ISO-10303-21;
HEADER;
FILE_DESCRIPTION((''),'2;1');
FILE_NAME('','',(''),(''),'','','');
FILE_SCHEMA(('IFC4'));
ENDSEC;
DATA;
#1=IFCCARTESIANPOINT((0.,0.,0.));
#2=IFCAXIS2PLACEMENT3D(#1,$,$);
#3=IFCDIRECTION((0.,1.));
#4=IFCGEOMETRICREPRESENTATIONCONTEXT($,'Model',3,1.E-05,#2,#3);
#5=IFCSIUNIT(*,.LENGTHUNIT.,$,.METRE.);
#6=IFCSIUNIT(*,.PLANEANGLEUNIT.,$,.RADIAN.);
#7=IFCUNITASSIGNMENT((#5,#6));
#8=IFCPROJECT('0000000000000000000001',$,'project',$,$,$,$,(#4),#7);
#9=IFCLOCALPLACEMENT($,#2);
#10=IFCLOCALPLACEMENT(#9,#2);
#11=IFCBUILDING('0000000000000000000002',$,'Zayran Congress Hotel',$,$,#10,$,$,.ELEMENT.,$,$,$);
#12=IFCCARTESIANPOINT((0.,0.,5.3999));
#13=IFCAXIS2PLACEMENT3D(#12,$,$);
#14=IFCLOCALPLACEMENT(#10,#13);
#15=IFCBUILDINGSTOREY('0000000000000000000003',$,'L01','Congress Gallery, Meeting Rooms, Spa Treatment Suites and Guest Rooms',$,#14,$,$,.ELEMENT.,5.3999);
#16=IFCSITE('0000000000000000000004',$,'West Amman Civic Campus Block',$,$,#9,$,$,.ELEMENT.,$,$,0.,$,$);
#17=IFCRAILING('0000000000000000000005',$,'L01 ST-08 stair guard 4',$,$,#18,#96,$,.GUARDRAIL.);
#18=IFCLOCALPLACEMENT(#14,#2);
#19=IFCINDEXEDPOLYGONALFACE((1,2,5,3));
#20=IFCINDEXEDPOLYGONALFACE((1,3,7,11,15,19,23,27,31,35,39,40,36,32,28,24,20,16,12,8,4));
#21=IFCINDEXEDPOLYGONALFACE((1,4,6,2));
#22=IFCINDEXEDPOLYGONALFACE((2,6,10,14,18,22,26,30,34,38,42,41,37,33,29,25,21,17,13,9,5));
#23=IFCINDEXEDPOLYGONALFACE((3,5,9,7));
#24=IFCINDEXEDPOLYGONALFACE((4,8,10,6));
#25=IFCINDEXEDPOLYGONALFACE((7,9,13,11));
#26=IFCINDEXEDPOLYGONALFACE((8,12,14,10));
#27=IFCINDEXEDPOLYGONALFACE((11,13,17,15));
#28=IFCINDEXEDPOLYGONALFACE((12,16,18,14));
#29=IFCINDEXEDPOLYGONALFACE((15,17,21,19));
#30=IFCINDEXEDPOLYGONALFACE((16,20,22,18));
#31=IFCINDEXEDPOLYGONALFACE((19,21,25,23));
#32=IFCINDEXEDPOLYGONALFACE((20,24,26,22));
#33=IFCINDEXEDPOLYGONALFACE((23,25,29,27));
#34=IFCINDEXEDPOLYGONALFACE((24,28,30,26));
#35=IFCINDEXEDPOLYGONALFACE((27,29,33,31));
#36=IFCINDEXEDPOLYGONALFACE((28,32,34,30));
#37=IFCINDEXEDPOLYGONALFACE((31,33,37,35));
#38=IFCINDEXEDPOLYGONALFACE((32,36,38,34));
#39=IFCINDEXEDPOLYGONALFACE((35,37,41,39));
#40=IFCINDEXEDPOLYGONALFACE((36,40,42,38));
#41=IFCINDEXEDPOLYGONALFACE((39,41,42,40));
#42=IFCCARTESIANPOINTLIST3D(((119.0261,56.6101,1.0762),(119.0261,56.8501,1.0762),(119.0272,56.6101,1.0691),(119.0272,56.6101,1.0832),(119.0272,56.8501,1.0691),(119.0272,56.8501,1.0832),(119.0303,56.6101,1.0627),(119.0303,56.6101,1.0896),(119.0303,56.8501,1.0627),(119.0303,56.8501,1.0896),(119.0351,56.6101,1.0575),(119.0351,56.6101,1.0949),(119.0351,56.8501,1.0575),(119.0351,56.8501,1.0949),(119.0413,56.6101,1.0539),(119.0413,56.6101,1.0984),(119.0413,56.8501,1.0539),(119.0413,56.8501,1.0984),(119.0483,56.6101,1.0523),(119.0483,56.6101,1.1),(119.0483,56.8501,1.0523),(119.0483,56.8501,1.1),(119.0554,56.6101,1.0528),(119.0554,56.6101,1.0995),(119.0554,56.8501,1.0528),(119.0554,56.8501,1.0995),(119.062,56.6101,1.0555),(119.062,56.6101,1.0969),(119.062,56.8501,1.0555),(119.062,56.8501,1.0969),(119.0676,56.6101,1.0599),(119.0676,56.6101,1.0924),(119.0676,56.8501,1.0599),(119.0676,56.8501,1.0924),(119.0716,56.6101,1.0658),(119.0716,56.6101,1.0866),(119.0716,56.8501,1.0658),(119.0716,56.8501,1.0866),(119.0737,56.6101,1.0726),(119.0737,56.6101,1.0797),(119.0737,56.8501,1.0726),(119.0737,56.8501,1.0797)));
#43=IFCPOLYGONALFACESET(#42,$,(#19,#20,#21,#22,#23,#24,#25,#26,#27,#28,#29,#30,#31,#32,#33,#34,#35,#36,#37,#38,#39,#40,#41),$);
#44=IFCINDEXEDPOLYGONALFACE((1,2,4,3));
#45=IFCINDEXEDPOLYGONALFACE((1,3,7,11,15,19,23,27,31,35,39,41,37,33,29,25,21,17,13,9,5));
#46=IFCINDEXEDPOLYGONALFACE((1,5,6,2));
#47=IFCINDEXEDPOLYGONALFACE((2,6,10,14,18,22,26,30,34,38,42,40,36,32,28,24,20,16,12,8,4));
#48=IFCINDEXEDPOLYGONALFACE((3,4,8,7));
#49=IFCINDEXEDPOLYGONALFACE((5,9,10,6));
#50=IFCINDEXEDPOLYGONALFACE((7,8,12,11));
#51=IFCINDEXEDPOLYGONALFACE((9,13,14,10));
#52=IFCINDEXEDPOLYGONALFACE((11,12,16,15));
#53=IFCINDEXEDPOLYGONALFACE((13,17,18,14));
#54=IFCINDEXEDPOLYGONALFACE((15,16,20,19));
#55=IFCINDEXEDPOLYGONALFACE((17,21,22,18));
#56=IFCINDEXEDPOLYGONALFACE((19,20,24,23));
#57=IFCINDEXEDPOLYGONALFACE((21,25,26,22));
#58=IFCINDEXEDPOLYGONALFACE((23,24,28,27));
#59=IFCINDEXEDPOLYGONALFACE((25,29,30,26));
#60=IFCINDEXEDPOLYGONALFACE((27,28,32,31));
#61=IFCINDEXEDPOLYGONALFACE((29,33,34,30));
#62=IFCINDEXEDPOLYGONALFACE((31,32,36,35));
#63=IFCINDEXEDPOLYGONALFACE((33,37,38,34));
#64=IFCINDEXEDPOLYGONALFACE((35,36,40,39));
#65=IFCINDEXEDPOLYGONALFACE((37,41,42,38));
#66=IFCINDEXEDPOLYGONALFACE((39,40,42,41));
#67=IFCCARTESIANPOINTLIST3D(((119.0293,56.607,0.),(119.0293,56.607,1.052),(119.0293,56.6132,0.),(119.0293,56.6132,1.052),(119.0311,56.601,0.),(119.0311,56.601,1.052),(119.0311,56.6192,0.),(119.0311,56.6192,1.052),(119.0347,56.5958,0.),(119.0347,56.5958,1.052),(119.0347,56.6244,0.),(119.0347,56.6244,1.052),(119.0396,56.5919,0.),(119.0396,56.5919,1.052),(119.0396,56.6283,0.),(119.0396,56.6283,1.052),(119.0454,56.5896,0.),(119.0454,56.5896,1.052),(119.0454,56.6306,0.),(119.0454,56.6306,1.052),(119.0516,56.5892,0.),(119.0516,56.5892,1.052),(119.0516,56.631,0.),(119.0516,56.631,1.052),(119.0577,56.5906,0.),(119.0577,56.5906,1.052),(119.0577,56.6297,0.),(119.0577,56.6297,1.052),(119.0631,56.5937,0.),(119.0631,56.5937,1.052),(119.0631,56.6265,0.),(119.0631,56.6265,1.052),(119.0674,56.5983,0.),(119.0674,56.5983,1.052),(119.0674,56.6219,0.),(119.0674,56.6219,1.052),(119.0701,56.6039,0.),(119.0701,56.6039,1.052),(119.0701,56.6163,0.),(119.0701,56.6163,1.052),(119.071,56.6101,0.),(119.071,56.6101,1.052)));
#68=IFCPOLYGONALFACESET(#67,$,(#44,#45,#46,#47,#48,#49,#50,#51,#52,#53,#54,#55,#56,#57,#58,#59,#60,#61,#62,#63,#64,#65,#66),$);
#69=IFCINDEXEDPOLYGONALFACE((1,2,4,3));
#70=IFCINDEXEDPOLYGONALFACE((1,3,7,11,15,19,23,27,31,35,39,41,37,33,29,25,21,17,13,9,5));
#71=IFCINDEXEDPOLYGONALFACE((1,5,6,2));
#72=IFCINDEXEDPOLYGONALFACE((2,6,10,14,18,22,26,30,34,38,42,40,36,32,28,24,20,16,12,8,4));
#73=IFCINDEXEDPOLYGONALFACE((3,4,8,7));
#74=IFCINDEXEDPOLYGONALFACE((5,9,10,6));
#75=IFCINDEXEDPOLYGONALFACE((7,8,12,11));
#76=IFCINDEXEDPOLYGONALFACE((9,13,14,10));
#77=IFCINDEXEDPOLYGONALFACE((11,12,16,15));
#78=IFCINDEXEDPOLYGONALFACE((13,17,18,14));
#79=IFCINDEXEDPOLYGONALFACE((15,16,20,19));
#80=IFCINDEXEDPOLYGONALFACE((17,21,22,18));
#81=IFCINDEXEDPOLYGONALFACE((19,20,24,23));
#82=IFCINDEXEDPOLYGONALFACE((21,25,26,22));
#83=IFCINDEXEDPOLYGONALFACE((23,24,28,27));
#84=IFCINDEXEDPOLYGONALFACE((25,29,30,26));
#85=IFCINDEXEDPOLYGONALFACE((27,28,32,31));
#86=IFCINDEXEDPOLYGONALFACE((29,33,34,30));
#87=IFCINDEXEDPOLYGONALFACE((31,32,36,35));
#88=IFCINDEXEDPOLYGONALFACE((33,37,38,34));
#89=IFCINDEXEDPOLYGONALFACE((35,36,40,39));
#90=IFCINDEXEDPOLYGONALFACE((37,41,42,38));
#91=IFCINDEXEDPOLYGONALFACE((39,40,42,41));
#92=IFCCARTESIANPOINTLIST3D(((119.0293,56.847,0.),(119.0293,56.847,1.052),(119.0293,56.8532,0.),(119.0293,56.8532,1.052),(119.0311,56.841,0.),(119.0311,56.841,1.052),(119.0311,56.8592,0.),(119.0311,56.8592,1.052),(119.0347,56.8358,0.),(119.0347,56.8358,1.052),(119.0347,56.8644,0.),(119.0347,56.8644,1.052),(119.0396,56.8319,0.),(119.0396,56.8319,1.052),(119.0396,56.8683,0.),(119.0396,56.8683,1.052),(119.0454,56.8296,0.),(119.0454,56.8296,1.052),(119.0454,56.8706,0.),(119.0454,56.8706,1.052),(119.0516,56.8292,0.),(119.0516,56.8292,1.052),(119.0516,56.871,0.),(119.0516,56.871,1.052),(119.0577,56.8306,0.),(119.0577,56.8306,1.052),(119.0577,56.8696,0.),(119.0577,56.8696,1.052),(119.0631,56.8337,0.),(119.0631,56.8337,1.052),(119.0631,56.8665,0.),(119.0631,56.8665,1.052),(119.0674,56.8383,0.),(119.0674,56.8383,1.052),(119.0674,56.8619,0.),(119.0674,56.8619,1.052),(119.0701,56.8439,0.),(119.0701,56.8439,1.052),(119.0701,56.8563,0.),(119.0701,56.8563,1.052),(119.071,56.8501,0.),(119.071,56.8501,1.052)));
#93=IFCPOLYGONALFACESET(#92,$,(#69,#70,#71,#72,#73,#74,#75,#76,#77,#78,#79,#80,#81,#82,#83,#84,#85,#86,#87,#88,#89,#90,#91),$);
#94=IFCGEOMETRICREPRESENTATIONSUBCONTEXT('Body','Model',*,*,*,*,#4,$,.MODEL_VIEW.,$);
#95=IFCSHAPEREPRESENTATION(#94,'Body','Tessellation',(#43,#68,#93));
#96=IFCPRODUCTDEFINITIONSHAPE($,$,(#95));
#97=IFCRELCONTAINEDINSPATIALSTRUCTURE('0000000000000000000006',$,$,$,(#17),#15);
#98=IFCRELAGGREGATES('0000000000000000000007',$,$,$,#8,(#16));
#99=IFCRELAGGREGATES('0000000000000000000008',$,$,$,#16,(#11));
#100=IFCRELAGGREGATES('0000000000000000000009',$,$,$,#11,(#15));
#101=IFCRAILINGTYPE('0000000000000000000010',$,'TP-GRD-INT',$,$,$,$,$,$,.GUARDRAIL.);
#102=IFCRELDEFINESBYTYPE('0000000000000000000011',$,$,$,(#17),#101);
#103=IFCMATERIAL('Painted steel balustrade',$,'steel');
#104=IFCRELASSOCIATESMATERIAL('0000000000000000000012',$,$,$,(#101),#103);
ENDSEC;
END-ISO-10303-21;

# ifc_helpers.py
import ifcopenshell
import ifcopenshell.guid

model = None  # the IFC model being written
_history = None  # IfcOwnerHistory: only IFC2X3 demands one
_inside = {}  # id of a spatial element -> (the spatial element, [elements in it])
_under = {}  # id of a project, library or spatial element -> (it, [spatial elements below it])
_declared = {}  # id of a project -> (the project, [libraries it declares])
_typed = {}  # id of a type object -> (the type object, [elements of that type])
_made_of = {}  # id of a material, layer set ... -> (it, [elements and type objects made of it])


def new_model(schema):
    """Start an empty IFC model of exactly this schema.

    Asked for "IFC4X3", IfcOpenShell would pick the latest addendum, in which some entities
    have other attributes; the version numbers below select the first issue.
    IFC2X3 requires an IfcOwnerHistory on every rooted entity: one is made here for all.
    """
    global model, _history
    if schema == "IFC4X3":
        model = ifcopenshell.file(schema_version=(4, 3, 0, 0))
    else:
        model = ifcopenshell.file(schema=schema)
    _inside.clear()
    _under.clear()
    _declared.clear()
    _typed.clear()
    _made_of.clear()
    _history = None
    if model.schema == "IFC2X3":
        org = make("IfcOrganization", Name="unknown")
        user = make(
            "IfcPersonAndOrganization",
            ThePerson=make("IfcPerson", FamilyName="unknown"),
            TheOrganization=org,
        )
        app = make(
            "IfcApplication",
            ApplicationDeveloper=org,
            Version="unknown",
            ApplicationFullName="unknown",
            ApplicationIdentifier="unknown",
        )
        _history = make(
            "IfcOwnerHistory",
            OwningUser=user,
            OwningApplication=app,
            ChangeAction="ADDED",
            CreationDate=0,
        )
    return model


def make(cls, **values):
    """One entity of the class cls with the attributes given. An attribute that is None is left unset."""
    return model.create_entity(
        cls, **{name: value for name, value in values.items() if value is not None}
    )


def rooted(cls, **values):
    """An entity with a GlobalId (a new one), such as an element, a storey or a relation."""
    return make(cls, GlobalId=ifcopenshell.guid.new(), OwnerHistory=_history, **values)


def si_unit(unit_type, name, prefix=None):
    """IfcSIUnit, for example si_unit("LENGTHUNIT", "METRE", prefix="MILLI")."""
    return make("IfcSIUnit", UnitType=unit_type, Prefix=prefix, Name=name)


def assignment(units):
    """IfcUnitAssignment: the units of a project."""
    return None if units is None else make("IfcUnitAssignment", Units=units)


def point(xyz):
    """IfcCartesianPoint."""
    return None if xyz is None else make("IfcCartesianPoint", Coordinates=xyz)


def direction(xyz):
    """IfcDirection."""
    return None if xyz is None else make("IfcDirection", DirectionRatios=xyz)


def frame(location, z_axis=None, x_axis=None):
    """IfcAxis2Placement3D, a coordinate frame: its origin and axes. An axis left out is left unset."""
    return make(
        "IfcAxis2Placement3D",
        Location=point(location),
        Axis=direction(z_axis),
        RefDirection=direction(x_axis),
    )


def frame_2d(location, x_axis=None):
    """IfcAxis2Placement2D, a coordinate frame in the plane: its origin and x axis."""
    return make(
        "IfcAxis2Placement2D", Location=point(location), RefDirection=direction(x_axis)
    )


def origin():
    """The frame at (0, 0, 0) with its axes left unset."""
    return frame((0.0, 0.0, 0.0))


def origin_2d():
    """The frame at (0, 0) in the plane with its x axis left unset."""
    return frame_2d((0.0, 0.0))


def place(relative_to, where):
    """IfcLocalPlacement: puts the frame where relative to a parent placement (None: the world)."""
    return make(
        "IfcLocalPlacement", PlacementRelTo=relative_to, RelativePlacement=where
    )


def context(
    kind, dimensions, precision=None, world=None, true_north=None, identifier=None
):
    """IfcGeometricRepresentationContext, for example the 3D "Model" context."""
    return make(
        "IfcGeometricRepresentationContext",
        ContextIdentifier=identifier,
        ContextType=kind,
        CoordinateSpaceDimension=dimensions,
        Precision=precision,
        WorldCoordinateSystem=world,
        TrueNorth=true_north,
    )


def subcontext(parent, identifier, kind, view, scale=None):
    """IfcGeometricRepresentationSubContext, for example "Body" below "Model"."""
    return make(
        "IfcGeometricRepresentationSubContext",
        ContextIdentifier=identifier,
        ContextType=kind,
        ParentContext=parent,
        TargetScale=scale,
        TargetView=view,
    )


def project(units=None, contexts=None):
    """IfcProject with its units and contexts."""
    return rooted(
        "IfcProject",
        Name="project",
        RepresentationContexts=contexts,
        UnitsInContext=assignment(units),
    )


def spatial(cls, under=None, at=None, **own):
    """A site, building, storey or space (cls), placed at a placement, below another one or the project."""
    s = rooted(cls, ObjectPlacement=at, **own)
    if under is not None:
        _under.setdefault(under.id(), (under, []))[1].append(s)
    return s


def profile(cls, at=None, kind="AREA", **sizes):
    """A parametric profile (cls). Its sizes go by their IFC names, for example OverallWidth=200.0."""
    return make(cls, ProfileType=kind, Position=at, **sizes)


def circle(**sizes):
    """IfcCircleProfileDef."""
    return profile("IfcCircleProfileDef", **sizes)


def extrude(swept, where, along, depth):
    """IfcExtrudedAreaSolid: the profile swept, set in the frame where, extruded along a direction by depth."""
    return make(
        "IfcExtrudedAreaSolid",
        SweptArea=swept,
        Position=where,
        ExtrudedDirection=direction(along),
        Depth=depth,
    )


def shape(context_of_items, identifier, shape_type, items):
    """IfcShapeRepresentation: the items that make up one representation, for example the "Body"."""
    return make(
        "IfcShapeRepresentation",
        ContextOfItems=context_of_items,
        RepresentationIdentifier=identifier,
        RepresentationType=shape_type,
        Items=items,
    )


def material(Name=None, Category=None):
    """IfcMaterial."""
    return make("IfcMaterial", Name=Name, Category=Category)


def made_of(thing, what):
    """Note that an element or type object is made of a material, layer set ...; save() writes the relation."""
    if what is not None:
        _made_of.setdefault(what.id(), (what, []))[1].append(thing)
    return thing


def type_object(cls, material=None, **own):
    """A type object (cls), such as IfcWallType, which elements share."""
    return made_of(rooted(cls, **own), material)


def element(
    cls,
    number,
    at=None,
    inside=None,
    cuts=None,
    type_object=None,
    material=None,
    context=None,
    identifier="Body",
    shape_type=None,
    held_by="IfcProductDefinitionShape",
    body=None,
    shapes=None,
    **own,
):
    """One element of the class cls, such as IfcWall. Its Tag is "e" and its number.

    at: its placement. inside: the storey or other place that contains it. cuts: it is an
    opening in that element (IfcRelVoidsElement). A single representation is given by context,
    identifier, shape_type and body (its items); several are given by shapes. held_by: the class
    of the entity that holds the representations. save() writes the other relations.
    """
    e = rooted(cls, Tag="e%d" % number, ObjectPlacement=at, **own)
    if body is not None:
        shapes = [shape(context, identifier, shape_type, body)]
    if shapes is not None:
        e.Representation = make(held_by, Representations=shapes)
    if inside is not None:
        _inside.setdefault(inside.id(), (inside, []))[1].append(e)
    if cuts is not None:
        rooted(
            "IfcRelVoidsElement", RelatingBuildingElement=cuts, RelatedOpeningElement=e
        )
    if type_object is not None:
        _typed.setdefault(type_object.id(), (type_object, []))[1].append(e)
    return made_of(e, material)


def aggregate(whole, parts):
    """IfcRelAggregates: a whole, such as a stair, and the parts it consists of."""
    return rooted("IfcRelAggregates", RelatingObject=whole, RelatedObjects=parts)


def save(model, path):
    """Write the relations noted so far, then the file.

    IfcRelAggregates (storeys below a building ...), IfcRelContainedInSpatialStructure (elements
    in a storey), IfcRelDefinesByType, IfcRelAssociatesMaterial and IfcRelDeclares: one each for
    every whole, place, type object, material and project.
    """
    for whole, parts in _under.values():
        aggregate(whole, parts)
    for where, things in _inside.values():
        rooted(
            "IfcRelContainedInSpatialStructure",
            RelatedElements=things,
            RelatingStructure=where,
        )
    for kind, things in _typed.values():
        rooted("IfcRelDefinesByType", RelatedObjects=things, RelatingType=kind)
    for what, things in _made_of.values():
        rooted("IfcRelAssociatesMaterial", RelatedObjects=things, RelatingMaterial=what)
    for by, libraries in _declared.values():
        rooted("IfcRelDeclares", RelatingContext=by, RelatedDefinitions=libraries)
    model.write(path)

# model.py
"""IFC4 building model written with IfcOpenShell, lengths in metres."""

from ifc_helpers import new_model, si_unit, direction, frame, origin, origin_2d, place, context, subcontext, project, spatial, circle, extrude, material, type_object, element, save


model = new_model("IFC4")

# Units and contexts
model_context = context("Model", 3, precision=1e-05, world=origin(), true_north=direction((0.0, 1.0)))
body_context = subcontext(model_context, "Body", "Model", "MODEL_VIEW")
ifc_project = project(units=[si_unit("LENGTHUNIT", "METRE"), si_unit("PLANEANGLEUNIT", "RADIAN")], contexts=[model_context])

# Site, building, storey
site_placement = place(None, origin())
site = spatial("IfcSite", under=ifc_project, at=site_placement, Name="West Amman Civic Campus Block", CompositionType="ELEMENT", RefElevation=0.0)
building_placement = place(site_placement, origin())
building = spatial("IfcBuilding", under=site, at=building_placement, Name="Zayran Congress Hotel", CompositionType="ELEMENT")
storey_placement = place(building_placement, frame((0.0, 0.0, 5.3999)))
storey = spatial("IfcBuildingStorey", under=building, at=storey_placement, Name="L01", Description="Congress Gallery, Meeting Rooms, Spa Treatment Suites and Guest Rooms", CompositionType="ELEMENT", Elevation=5.3999)

# Railing
ifc_material_1 = material(Name="Painted steel balustrade", Category="steel")
railing_type_1 = type_object("IfcRailingType", Name="TP-GRD-INT", PredefinedType="GUARDRAIL", material=ifc_material_1)
railing_1_placement = place(storey_placement, frame((119.05, 56.6101, 0.0)))
element("IfcRailing", 1, at=railing_1_placement, inside=storey, type_object=railing_type_1, Name="L01 ST-08 stair guard 4", PredefinedType="GUARDRAIL", context=body_context, shape_type="SweptSolid", body=[
    extrude(circle(Radius=0.0239, at=origin_2d()), frame((0.0, 0.0, 1.0762), z_axis=(0.0, 1.0, 0.0), x_axis=(-1.0, 0.0, 0.0)), (0.0, 0.0, 1.0), 0.24),
    extrude(circle(Radius=0.021, at=origin_2d()), origin(), (0.0, 0.0, 1.0), 1.052),
    extrude(circle(Radius=0.021, at=origin_2d()), frame((0.0, 0.24, 0.0)), (0.0, 0.0, 1.0), 1.052),
])

save(model, "model.ifc")
